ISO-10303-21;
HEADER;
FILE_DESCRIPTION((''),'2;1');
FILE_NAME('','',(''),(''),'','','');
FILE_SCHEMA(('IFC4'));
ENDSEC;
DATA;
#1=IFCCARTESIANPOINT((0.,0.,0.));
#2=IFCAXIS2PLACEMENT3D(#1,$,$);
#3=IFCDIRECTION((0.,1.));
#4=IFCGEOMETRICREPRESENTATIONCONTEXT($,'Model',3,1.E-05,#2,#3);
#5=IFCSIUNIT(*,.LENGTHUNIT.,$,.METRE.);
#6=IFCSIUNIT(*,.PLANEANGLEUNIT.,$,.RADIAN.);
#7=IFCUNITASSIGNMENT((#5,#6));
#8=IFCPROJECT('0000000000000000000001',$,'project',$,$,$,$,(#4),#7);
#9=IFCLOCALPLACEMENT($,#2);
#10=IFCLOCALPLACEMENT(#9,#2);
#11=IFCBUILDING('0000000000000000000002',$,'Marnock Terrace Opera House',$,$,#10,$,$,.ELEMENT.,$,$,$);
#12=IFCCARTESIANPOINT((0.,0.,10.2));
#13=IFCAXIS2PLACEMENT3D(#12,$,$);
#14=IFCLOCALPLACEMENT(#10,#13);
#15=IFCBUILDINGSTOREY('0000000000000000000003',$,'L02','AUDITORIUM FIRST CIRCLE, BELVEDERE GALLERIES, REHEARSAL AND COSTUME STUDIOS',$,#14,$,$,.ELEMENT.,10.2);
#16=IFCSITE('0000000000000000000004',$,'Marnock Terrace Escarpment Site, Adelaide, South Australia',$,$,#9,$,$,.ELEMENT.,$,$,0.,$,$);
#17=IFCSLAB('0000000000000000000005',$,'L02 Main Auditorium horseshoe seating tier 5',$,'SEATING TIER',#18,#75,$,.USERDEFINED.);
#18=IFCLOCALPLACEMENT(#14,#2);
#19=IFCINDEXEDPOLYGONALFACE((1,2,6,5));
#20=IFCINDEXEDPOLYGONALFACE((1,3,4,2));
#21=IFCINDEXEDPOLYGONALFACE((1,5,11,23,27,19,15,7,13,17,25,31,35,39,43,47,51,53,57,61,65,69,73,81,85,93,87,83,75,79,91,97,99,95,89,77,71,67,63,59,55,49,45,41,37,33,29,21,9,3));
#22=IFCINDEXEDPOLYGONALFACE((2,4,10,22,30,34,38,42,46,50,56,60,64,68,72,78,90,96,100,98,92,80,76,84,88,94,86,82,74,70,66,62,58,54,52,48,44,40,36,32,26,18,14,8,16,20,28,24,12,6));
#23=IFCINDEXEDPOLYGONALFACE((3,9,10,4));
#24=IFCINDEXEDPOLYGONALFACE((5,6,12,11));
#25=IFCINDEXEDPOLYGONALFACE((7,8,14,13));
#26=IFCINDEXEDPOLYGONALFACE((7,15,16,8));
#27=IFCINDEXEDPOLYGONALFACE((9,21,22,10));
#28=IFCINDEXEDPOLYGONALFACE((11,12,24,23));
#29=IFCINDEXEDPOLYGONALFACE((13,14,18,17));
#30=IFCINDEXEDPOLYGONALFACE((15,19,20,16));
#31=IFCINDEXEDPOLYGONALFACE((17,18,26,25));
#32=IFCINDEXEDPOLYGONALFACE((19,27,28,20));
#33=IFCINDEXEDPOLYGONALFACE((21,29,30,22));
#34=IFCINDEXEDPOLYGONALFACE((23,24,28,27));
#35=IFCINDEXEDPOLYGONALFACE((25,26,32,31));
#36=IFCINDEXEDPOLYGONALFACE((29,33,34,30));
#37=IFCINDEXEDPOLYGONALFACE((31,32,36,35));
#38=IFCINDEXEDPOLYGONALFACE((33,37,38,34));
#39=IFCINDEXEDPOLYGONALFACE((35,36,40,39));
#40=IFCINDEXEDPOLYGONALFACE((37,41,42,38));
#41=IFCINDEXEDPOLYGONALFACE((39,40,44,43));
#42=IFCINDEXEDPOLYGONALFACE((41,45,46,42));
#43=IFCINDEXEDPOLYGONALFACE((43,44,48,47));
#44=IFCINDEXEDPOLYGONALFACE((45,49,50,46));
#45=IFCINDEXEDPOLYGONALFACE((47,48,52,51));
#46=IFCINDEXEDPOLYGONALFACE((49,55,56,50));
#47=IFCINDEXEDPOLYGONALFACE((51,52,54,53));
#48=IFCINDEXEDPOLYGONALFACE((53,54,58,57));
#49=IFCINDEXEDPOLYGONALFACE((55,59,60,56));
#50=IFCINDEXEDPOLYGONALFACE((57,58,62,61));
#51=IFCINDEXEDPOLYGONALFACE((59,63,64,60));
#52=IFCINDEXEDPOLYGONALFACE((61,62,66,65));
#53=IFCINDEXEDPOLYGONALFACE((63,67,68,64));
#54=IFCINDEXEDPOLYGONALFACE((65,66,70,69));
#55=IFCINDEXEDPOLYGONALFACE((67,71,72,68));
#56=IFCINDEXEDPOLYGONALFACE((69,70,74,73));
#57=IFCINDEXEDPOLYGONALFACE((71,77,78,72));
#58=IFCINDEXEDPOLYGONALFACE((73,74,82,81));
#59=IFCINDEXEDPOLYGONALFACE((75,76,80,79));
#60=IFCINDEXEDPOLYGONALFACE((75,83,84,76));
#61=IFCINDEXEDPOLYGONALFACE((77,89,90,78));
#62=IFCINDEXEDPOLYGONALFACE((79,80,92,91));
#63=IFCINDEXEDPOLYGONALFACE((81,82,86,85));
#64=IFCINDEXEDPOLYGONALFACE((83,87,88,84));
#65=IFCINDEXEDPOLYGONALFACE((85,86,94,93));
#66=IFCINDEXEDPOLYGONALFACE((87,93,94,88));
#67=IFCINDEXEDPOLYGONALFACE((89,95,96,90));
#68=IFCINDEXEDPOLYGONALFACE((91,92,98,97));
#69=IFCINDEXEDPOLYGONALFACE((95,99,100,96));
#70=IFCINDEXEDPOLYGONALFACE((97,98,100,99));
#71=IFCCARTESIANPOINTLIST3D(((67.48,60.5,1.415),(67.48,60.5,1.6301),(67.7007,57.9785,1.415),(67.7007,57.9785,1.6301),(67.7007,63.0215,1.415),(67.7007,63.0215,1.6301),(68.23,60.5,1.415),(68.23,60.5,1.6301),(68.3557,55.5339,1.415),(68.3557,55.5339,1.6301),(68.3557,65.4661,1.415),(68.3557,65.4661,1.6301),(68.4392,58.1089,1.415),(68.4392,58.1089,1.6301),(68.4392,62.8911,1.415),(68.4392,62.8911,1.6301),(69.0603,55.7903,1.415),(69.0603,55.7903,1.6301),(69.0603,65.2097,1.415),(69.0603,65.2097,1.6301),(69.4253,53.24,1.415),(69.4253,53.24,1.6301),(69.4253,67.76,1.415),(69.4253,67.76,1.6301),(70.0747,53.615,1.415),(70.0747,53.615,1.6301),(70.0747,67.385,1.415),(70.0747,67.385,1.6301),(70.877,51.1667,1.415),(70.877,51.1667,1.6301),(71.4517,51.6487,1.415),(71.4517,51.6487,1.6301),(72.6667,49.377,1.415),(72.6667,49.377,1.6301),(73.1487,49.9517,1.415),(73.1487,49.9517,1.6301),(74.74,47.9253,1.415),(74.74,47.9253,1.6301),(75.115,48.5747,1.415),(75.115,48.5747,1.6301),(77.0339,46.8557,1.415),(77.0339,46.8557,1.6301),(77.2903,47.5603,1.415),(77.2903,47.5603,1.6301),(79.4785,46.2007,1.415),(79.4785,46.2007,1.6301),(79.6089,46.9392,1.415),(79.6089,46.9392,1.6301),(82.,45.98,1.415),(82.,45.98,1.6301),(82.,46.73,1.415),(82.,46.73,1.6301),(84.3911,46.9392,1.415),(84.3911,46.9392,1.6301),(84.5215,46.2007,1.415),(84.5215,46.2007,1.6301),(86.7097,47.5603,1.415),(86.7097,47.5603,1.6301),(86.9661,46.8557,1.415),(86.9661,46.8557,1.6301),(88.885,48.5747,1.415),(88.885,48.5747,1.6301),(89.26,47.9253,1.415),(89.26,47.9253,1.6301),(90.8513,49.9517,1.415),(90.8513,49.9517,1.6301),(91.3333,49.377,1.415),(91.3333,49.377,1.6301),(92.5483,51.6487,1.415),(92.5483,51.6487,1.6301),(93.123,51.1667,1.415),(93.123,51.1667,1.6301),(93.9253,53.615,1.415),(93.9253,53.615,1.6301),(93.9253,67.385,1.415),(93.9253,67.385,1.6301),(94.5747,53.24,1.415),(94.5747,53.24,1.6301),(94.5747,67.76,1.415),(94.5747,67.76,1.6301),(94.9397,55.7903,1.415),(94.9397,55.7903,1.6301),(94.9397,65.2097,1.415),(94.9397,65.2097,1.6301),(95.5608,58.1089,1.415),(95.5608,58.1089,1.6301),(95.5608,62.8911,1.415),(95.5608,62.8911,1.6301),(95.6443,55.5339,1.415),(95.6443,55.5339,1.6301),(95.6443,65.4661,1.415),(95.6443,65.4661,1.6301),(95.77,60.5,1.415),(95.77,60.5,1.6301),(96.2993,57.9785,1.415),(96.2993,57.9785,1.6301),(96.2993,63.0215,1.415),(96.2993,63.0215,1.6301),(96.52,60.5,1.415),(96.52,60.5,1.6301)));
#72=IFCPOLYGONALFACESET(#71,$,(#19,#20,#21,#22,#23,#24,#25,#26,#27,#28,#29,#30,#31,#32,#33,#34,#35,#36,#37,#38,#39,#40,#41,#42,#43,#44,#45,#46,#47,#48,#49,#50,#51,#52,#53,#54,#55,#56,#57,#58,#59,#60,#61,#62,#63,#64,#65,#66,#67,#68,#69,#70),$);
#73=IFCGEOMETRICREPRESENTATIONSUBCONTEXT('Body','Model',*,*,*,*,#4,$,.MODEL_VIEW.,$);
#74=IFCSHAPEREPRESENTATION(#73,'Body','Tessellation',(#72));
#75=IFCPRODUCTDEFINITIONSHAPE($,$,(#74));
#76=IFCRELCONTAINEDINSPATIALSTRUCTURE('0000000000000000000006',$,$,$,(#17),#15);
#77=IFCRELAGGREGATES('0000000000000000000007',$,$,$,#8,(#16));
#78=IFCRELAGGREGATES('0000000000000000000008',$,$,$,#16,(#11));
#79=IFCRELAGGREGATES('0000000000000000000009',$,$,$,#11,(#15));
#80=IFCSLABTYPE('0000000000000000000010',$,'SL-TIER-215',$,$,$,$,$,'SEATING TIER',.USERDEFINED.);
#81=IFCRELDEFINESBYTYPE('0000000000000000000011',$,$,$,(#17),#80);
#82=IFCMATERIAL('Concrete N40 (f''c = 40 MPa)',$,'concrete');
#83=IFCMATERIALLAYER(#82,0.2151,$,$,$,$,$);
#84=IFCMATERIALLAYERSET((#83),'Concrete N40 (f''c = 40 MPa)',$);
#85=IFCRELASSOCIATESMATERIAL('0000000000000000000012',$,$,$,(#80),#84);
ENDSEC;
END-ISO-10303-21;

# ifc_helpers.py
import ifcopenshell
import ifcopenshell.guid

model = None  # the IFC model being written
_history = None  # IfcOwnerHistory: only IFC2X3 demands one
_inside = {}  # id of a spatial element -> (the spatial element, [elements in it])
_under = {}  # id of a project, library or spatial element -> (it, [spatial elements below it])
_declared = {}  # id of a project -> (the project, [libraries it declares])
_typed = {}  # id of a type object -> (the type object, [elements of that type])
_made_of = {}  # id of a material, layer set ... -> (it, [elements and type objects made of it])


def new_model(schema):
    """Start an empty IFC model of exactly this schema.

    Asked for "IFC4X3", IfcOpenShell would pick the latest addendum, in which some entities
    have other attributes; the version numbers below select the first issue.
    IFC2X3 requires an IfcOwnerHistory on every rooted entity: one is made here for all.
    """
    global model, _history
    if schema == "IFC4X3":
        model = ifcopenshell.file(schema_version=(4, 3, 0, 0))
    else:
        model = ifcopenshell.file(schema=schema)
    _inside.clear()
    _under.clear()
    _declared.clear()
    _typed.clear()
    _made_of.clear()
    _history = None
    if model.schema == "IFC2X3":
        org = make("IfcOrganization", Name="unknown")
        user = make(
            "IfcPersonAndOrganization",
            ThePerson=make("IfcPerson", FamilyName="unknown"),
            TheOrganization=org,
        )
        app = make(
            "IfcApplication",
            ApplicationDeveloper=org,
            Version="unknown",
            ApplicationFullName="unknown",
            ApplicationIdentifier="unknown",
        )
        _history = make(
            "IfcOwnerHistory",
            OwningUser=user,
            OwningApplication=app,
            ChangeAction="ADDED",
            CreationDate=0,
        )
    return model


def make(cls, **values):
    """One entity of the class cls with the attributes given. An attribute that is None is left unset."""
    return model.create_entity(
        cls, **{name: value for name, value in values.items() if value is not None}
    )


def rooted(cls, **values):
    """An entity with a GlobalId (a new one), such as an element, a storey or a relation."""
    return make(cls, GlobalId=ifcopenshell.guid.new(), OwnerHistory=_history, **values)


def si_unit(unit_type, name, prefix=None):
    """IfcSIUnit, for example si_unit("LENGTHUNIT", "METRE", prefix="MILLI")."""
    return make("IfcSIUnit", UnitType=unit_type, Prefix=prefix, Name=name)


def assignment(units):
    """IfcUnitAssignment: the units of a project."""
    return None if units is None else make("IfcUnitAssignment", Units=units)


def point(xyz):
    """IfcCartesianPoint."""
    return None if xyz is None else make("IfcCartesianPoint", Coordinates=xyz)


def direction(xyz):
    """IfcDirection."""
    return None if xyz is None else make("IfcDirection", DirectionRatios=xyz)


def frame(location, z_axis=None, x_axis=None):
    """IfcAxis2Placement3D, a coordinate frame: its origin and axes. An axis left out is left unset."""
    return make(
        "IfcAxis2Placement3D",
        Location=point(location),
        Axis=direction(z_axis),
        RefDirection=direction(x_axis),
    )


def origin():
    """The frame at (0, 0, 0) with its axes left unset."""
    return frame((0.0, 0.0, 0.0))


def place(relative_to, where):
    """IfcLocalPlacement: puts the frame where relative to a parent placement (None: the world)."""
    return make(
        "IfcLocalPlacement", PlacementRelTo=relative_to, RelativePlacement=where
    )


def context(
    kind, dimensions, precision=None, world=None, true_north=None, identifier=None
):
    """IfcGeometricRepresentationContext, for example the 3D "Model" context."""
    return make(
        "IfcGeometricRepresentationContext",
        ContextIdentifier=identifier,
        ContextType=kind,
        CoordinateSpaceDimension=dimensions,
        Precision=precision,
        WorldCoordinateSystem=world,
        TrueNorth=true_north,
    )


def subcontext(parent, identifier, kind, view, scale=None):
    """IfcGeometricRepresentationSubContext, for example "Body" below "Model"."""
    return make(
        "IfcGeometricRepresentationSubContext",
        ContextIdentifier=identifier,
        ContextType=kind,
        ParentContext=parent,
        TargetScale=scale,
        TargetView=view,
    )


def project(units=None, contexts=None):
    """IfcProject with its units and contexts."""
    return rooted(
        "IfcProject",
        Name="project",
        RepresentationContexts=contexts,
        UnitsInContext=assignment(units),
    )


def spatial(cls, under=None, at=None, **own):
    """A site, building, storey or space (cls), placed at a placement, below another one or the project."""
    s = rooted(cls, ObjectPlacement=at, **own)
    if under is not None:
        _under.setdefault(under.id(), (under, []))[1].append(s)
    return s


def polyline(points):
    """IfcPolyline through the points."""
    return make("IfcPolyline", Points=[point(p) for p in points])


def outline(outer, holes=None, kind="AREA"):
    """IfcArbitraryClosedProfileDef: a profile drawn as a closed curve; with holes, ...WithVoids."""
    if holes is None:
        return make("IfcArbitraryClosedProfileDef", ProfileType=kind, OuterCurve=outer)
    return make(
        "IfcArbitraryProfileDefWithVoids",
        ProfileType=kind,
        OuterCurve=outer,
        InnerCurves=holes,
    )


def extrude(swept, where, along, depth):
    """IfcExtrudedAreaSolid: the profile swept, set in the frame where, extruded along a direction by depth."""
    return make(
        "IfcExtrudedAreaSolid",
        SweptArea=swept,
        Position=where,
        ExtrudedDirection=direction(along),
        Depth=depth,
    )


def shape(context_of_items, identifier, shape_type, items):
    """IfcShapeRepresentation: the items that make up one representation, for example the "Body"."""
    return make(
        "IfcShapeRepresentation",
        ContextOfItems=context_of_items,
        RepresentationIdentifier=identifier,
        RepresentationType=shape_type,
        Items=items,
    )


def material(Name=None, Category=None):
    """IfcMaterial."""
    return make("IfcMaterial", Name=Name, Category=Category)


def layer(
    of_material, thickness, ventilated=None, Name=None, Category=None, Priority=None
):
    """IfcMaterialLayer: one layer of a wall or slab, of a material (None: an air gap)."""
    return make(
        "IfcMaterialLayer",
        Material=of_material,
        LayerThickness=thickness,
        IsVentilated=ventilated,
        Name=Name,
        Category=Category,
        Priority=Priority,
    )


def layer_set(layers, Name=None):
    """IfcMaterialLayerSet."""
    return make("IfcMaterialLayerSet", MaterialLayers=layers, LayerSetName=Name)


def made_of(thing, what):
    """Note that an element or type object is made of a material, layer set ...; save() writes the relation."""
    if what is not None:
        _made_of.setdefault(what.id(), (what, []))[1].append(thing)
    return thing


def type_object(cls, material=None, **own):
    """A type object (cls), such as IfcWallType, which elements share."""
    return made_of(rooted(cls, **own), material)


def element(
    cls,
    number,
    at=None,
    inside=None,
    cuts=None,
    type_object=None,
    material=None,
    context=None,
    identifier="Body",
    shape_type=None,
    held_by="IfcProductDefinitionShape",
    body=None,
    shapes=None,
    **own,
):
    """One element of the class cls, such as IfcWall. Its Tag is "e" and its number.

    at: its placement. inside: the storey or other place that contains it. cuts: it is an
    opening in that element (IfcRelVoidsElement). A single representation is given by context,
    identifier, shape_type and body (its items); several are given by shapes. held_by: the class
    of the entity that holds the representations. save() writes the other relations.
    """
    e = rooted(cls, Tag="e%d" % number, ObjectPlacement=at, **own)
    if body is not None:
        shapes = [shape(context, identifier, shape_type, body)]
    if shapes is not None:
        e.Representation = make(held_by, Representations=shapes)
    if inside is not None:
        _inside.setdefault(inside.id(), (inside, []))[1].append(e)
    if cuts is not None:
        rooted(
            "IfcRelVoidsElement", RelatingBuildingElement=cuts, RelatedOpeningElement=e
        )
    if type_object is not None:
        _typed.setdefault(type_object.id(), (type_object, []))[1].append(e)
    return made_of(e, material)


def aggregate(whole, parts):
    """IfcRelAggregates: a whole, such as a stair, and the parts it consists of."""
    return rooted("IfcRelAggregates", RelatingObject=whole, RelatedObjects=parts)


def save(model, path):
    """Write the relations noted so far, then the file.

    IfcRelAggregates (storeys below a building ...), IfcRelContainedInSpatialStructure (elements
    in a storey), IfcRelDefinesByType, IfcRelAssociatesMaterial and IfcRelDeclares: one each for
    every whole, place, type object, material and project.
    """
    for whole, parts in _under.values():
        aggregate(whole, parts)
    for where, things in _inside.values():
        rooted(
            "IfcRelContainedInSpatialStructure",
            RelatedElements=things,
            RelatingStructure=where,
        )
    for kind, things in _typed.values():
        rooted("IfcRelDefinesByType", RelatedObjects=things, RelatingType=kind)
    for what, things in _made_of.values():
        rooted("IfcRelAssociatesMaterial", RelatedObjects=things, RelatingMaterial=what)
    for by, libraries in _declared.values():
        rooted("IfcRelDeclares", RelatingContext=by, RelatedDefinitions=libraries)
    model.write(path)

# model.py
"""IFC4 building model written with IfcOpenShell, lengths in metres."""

from ifc_helpers import new_model, si_unit, direction, frame, origin, place, context, subcontext, project, spatial, polyline, outline, extrude, material, layer, layer_set, type_object, element, save


model = new_model("IFC4")

# Units and contexts
model_context = context("Model", 3, precision=1e-05, world=origin(), true_north=direction((0.0, 1.0)))
body_context = subcontext(model_context, "Body", "Model", "MODEL_VIEW")
ifc_project = project(units=[si_unit("LENGTHUNIT", "METRE"), si_unit("PLANEANGLEUNIT", "RADIAN")], contexts=[model_context])

# Site, building, storey
site_placement = place(None, origin())
site = spatial("IfcSite", under=ifc_project, at=site_placement, Name="Marnock Terrace Escarpment Site, Adelaide, South Australia", CompositionType="ELEMENT", RefElevation=0.0)
building_placement = place(site_placement, origin())
building = spatial("IfcBuilding", under=site, at=building_placement, Name="Marnock Terrace Opera House", CompositionType="ELEMENT")
storey_placement = place(building_placement, frame((0.0, 0.0, 10.2)))
storey = spatial("IfcBuildingStorey", under=building, at=storey_placement, Name="L02", Description="AUDITORIUM FIRST CIRCLE, BELVEDERE GALLERIES, REHEARSAL AND COSTUME STUDIOS", CompositionType="ELEMENT", Elevation=10.2)

# Shared definitions
ifc_material_1 = material(Name="Concrete N40 (f'c = 40 MPa)", Category="concrete")

# Slab
ifc_layer_1 = layer(ifc_material_1, 0.2151)
ifc_layer_set_1 = layer_set([ifc_layer_1], Name="Concrete N40 (f'c = 40 MPa)")
slab_type_1 = type_object("IfcSlabType", Name="SL-TIER-215", ElementType="SEATING TIER", PredefinedType="USERDEFINED", material=ifc_layer_set_1)
slab_1_placement = place(storey_placement, frame((0.0, 0.0, 1.415)))
element("IfcSlab", 1, at=slab_1_placement, inside=storey, type_object=slab_type_1, Name="L02 Main Auditorium horseshoe seating tier 5", ObjectType="SEATING TIER", PredefinedType="USERDEFINED", context=body_context, shape_type="SweptSolid", body=[
    extrude(outline(polyline([(69.4253, 67.76), (68.3557, 65.4661), (67.7007, 63.0215), (67.48, 60.5), (67.7007, 57.9785), (68.3557, 55.5339), (69.4253, 53.24), (70.877, 51.1667), (72.6667, 49.377), (74.74, 47.9253), (77.0339, 46.8557), (79.4785, 46.2007), (82.0, 45.98), (84.5215, 46.2007), (86.9661, 46.8557), (89.26, 47.9253), (91.3333, 49.377), (93.123, 51.1667), (94.5747, 53.24), (95.6443, 55.5339), (96.2993, 57.9785), (96.52, 60.5), (96.2993, 63.0215), (95.6443, 65.4661), (94.5747, 67.76), (93.9253, 67.385), (94.9397, 65.2097), (95.5608, 62.8911), (95.77, 60.5), (95.5608, 58.1089), (94.9397, 55.7903), (93.9253, 53.615), (92.5483, 51.6487), (90.8513, 49.9517), (88.885, 48.5747), (86.7097, 47.5603), (84.3911, 46.9392), (82.0, 46.73), (79.6089, 46.9392), (77.2903, 47.5603), (75.115, 48.5747), (73.1487, 49.9517), (71.4517, 51.6487), (70.0747, 53.615), (69.0603, 55.7903), (68.4392, 58.1089), (68.23, 60.5), (68.4392, 62.8911), (69.0603, 65.2097), (70.0747, 67.385), (69.4253, 67.76)])), origin(), (0.0, 0.0, 1.0), 0.2151),
])

save(model, "model.ifc")
